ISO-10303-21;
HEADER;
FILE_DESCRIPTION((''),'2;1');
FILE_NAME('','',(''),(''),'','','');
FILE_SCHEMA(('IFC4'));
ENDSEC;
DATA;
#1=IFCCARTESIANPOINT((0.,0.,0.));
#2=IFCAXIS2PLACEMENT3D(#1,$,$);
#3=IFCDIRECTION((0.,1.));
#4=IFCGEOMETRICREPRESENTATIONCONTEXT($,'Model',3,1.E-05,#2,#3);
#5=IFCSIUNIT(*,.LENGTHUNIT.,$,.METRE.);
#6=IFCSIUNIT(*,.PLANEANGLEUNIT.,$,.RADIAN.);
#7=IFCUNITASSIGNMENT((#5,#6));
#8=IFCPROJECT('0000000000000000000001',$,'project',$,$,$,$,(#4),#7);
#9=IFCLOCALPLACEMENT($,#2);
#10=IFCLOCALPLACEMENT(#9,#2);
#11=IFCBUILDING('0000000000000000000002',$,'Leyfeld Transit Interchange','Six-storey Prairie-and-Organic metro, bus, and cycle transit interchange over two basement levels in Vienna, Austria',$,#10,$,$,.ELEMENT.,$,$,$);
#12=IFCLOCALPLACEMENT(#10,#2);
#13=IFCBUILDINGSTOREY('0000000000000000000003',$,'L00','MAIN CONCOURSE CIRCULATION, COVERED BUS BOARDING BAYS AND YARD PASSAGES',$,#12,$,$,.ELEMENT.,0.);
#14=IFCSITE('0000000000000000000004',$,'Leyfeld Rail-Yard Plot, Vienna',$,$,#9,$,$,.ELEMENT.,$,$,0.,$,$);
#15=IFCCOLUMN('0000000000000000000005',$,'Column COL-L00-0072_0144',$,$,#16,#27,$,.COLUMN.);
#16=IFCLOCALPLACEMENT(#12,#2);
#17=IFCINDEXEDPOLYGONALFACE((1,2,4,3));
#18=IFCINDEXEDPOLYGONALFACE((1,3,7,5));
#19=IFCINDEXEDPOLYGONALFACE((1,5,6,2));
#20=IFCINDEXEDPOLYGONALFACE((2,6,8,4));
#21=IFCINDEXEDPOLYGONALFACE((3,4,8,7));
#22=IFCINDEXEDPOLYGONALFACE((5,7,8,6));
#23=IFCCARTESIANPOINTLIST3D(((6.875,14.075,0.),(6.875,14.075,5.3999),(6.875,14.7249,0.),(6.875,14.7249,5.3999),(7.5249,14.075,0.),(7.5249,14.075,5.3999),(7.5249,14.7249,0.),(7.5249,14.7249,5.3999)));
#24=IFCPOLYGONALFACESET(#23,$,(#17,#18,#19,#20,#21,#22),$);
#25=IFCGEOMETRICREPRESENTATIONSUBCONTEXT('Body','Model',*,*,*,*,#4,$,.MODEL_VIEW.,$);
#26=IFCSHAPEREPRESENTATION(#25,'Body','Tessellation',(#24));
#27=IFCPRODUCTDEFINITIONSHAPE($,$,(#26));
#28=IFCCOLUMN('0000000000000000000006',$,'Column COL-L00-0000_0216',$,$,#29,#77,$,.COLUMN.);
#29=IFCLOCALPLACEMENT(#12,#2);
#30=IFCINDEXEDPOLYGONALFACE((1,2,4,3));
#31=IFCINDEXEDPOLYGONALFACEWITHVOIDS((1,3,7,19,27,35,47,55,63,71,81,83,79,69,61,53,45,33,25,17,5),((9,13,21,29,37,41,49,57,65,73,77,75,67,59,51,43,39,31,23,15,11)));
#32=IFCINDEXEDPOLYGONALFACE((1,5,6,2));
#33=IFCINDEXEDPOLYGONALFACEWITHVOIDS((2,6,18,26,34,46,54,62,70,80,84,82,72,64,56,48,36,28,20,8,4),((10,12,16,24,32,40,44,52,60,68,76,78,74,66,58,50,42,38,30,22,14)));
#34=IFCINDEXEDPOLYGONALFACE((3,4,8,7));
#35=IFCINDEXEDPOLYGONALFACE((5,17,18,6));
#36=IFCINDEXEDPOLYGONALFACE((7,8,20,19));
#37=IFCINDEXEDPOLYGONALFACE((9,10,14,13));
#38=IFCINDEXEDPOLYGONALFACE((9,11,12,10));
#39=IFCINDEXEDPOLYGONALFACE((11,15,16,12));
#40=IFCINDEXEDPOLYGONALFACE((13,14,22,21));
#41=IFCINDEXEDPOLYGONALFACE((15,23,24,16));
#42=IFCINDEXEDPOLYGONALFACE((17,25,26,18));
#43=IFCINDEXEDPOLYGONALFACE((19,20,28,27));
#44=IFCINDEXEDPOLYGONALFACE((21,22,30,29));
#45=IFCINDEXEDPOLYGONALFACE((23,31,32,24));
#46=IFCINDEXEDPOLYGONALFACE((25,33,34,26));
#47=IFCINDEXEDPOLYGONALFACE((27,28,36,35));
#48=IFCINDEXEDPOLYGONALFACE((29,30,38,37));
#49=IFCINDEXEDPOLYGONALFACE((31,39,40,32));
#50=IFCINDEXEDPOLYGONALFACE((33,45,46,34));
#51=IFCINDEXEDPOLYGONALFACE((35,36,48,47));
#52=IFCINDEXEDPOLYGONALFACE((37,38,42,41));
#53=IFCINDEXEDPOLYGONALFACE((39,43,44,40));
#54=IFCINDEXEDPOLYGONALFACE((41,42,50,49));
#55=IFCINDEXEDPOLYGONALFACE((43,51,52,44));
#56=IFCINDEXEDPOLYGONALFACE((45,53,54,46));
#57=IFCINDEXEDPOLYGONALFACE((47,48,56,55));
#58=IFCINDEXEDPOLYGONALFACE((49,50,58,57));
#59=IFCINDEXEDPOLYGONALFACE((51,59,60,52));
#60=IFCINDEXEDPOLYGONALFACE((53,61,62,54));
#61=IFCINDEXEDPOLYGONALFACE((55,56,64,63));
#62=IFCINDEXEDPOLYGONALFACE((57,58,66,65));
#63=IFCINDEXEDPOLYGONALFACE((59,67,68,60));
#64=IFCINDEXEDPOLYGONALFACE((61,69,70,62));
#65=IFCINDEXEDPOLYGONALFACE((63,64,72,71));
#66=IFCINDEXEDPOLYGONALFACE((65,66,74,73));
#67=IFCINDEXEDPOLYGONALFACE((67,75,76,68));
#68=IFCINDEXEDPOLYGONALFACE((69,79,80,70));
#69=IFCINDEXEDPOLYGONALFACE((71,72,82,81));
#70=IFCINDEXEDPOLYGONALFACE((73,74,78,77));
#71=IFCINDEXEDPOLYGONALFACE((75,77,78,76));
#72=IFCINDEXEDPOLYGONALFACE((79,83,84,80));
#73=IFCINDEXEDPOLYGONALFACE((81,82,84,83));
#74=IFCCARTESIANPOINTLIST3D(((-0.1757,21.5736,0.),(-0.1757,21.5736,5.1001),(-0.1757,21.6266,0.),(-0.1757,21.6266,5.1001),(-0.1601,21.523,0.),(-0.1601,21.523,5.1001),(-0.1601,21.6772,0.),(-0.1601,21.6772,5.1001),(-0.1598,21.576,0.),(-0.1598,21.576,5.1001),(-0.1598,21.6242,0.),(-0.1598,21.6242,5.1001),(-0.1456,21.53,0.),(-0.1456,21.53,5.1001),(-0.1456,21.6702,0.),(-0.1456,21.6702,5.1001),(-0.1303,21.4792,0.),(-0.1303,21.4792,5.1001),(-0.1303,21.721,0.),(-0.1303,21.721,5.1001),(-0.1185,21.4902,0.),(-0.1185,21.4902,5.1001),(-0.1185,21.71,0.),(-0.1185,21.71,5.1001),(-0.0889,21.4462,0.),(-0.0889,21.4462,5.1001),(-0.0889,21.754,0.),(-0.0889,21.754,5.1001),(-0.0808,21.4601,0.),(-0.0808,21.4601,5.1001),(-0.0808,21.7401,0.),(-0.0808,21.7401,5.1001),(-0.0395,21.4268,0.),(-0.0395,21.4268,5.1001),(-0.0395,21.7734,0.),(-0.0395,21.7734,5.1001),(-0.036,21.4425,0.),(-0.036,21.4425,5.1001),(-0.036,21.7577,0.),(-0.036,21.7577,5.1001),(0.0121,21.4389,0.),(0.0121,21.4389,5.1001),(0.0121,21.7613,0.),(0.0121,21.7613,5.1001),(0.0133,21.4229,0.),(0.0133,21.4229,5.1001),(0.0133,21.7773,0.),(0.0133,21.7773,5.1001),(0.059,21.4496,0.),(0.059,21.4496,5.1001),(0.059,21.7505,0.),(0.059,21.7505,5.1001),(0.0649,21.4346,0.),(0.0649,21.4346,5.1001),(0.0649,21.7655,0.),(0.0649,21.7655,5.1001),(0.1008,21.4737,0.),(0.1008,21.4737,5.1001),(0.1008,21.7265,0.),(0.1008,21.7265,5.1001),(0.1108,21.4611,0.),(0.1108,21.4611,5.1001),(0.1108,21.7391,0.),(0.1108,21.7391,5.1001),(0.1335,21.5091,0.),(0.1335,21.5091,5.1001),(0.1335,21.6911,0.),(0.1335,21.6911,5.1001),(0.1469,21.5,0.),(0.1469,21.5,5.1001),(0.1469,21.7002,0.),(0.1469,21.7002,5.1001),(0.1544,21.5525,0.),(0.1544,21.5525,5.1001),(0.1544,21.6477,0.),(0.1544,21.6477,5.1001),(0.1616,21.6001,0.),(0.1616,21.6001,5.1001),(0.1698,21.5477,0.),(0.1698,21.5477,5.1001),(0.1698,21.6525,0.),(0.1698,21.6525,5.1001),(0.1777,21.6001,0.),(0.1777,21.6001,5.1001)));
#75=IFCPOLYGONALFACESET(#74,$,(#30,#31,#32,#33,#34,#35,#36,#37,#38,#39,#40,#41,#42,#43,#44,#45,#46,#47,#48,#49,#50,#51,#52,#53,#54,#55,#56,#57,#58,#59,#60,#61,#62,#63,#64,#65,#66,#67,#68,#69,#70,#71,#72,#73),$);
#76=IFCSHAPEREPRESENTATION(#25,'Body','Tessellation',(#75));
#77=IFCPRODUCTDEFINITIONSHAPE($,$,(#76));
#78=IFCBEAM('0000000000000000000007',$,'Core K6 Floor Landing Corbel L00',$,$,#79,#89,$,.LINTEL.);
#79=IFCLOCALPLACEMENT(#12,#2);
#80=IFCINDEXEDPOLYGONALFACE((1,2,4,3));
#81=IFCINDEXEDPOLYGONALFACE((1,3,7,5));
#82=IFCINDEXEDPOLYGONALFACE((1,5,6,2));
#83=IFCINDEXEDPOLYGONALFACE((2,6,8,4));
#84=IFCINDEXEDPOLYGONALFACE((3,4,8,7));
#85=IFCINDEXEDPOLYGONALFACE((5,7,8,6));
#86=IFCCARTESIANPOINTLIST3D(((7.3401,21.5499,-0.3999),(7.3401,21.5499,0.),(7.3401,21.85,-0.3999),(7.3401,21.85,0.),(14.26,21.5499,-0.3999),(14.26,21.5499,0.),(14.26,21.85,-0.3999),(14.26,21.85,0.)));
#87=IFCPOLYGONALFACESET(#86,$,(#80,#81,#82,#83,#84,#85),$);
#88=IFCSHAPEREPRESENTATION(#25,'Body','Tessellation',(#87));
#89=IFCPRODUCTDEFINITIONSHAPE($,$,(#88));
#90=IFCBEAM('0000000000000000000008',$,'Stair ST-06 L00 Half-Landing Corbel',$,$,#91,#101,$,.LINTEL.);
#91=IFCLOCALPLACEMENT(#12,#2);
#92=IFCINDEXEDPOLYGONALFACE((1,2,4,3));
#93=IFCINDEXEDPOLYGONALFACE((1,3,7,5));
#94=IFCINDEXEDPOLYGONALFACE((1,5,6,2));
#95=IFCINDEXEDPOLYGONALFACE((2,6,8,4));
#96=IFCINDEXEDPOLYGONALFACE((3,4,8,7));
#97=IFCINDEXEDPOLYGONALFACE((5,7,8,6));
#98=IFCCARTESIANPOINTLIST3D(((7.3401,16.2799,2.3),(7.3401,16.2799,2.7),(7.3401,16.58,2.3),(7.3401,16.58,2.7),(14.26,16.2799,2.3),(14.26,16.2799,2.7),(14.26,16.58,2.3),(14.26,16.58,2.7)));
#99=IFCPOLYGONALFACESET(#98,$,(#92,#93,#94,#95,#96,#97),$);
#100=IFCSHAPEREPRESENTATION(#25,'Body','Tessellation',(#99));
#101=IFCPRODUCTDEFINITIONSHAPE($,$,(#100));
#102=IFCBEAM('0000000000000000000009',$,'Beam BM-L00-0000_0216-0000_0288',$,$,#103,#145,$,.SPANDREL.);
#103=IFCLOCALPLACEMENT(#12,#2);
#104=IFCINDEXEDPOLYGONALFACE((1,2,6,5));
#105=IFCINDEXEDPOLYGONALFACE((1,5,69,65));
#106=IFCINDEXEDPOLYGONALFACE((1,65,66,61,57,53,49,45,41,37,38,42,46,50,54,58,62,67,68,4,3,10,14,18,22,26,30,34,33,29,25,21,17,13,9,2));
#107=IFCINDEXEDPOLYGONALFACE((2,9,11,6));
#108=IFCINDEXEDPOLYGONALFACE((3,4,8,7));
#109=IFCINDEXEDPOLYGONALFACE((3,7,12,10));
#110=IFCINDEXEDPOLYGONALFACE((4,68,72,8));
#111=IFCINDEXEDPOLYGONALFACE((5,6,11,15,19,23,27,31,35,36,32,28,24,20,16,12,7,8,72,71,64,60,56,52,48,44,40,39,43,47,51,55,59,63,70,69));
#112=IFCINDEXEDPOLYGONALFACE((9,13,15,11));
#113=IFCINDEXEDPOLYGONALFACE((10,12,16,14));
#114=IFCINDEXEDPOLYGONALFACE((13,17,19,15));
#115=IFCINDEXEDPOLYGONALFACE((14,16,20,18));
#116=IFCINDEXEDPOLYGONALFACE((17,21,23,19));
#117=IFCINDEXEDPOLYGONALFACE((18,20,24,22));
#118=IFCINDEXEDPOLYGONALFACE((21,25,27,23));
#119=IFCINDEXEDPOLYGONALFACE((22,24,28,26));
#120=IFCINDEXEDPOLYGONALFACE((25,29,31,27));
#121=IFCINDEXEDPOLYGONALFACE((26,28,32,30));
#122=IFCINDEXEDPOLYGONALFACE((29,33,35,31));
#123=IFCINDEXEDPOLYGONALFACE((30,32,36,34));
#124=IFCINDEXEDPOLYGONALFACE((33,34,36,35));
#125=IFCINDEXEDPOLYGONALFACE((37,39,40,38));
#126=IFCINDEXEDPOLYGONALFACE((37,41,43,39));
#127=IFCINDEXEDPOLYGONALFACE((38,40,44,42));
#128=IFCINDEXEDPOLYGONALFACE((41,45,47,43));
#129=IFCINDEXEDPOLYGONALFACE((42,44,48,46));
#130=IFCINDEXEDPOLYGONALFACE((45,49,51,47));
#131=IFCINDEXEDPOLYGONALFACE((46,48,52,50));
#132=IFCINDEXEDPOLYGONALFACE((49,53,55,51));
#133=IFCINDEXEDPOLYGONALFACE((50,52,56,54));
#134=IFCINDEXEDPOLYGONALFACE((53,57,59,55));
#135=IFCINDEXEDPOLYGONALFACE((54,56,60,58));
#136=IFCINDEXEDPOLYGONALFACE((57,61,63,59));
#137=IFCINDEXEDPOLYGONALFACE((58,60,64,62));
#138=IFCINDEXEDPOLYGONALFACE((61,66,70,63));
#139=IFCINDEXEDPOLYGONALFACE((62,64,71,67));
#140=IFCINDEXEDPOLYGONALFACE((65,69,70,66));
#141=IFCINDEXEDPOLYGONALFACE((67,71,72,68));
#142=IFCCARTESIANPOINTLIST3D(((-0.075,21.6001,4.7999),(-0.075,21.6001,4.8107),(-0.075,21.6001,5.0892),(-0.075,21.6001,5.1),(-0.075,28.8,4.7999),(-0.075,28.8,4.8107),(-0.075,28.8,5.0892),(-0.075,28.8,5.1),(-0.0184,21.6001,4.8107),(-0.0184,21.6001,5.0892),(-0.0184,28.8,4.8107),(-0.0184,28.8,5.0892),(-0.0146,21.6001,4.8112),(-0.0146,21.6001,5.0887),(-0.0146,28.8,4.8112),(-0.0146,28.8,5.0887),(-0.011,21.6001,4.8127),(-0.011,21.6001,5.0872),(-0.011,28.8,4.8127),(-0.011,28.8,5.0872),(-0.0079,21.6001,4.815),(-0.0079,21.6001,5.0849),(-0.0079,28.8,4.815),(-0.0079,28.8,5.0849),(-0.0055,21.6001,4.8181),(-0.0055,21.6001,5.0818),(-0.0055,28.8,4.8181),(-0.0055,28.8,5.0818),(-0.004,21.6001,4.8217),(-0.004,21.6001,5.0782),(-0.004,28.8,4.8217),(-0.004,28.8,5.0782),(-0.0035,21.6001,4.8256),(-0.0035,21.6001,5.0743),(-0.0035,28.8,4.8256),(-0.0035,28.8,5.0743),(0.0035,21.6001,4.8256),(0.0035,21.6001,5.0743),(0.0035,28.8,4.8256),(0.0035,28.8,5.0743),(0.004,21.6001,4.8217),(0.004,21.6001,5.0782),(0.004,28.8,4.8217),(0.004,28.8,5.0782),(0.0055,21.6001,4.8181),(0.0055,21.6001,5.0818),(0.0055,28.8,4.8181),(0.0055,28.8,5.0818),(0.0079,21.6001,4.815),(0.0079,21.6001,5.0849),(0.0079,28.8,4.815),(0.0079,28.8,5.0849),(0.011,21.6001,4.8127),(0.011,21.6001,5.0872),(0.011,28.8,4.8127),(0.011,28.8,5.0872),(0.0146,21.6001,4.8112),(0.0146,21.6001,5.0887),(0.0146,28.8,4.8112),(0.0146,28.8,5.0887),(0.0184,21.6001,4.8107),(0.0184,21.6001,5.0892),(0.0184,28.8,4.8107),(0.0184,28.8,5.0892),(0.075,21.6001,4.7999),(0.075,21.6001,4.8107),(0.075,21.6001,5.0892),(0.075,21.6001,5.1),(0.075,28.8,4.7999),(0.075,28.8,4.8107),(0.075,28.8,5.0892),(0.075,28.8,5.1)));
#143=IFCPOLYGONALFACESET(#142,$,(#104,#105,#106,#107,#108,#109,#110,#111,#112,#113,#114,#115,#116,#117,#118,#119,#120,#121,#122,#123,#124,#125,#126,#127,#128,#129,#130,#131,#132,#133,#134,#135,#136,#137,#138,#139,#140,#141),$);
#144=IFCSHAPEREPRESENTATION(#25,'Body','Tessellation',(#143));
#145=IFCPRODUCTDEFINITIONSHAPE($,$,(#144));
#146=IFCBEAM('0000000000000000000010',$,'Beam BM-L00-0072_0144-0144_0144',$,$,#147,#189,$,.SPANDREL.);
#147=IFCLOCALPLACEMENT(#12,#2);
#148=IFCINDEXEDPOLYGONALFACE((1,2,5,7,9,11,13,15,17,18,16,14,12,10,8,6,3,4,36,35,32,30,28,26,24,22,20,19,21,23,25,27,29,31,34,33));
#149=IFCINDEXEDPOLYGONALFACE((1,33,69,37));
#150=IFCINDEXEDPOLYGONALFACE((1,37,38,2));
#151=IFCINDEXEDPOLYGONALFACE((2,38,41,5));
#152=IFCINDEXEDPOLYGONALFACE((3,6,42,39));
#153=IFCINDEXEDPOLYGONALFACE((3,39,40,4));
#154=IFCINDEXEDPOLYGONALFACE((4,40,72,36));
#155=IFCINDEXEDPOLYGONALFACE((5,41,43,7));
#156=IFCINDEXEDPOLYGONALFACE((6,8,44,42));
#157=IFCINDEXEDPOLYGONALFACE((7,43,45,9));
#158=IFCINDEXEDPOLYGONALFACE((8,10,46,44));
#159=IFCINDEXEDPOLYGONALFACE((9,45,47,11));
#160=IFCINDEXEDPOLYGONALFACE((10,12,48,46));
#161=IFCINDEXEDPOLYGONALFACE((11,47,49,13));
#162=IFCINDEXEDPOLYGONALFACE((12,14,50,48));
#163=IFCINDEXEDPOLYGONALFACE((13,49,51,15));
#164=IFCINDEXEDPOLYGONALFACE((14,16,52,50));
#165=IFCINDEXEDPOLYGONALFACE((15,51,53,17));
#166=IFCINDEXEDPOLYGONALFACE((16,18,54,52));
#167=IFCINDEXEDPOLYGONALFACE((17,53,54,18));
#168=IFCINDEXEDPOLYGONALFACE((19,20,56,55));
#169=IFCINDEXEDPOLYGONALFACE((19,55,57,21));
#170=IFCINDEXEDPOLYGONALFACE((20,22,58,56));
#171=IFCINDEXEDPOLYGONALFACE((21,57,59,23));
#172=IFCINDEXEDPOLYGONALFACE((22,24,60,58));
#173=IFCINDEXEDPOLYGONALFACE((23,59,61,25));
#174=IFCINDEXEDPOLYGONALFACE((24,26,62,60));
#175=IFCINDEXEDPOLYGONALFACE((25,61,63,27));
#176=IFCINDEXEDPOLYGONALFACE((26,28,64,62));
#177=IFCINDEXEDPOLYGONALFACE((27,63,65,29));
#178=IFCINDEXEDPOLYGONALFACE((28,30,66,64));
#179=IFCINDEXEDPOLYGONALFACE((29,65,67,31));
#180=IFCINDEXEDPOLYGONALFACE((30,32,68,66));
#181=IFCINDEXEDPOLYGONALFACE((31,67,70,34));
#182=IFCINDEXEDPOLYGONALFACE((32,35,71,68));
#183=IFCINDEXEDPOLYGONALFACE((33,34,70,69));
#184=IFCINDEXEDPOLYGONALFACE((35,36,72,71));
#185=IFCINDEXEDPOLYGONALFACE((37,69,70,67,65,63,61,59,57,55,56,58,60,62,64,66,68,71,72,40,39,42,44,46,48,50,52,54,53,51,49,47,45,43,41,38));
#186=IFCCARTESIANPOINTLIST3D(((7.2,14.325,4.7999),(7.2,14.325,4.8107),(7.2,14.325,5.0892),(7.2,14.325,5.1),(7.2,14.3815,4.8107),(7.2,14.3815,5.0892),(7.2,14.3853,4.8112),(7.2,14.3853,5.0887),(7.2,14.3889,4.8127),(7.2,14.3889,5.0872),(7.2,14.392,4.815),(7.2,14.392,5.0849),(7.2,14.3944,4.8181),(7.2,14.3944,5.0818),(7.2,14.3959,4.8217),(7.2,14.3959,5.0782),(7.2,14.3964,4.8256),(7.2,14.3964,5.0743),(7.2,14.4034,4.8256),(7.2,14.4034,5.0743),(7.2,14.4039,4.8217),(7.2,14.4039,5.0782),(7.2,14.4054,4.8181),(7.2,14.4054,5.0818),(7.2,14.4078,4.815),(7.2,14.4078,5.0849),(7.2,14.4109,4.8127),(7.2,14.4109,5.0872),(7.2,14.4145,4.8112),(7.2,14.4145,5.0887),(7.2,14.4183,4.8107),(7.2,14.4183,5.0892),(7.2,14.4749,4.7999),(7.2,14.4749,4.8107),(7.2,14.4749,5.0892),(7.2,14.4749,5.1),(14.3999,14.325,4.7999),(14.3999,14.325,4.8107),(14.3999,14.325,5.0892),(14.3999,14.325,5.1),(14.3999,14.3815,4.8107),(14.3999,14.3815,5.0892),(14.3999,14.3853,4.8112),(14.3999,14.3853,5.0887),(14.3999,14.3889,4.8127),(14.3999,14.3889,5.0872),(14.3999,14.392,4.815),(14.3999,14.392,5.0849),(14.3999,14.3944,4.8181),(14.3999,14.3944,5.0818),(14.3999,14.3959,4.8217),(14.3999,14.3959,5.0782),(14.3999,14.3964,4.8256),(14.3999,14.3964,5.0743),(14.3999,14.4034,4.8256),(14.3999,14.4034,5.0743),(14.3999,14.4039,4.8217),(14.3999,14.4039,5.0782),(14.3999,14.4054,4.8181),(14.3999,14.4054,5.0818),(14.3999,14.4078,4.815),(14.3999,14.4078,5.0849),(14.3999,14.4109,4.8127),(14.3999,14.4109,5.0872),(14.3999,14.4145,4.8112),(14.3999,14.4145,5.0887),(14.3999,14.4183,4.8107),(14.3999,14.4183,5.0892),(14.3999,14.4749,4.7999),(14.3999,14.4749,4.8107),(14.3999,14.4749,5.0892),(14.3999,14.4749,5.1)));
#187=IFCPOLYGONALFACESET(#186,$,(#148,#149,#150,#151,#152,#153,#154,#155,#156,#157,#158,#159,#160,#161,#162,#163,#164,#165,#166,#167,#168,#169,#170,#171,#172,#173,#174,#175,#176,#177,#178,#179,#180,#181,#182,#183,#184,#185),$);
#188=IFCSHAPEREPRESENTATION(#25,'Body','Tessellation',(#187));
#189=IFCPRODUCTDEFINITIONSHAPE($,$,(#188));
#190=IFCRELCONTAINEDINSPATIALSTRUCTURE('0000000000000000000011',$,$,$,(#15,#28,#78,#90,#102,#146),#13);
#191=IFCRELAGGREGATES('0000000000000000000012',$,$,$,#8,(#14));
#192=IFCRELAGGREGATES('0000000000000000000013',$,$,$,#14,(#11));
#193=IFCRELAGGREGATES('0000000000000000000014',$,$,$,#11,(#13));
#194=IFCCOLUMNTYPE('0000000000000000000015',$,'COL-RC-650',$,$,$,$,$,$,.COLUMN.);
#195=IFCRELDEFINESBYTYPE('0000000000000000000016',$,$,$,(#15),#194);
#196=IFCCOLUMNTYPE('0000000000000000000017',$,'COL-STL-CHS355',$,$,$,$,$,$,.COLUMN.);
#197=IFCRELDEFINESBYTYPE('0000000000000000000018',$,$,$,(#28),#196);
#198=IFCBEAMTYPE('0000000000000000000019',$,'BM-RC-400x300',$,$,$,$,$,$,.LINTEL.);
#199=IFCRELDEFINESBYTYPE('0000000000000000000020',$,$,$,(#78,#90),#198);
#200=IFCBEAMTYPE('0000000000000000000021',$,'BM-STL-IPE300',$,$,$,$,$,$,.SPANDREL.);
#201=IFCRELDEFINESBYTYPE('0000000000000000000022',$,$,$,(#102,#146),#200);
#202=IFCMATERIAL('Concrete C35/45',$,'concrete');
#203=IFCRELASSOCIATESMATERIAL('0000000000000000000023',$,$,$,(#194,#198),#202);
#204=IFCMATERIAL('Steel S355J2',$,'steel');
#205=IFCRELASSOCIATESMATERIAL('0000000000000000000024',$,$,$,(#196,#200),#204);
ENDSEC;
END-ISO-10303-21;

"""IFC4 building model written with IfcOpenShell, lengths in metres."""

from ifc_helpers import new_model, si_unit, direction, frame, origin, origin_2d, place, context, subcontext, project, spatial, rectangle, hollow_circle, i_section, extrude, material, material_profile, profile_set, type_object, element, save


model = new_model("IFC4")

# Units and contexts
model_context = context("Model", 3, precision=1e-05, world=origin(), true_north=direction((0.0, 1.0)))
body_context = subcontext(model_context, "Body", "Model", "MODEL_VIEW")
ifc_project = project(units=[si_unit("LENGTHUNIT", "METRE"), si_unit("PLANEANGLEUNIT", "RADIAN")], contexts=[model_context])

# Site, building, storey
site_placement = place(None, origin())
site = spatial("IfcSite", under=ifc_project, at=site_placement, Name="Leyfeld Rail-Yard Plot, Vienna", CompositionType="ELEMENT", RefElevation=0.0)
building_placement = place(site_placement, origin())
building = spatial("IfcBuilding", under=site, at=building_placement, Name="Leyfeld Transit Interchange", Description="Six-storey Prairie-and-Organic metro, bus, and cycle transit interchange over two basement levels in Vienna, Austria", CompositionType="ELEMENT")
storey_placement = place(building_placement, origin())
storey = spatial("IfcBuildingStorey", under=building, at=storey_placement, Name="L00", Description="MAIN CONCOURSE CIRCULATION, COVERED BUS BOARDING BAYS AND YARD PASSAGES", CompositionType="ELEMENT", Elevation=0.0)

# Columns
ifc_material_1 = material(Name="Concrete C35/45", Category="concrete")
ifc_material_profile_1 = material_profile(ifc_material_1, rectangle(XDim=0.6499, YDim=0.6499, at=origin_2d()), Name="RC 650x650")
ifc_profile_set_1 = profile_set([ifc_material_profile_1], Name="Concrete C35/45")
column_type_1 = type_object("IfcColumnType", Name="COL-RC-650", PredefinedType="COLUMN", material=ifc_profile_set_1)
column_1_placement = place(storey_placement, frame((7.2, 14.3999, 0.0), z_axis=(0.0, 0.0, 1.0), x_axis=(1.0, 0.0, 0.0)))
element("IfcColumn", 1, at=column_1_placement, inside=storey, type_object=column_type_1, Name="Column COL-L00-0072_0144", PredefinedType="COLUMN", context=body_context, shape_type="SweptSolid", body=[
    extrude(rectangle(XDim=0.6499, YDim=0.6499, at=origin_2d()), origin(), (0.0, 0.0, 1.0), 5.3999),
])
ifc_material_2 = material(Name="Steel S355J2", Category="steel")
ifc_material_profile_2 = material_profile(ifc_material_2, hollow_circle(Radius=0.1777, WallThickness=0.0161, at=origin_2d()), Name="CHS 355.6x16")
ifc_profile_set_2 = profile_set([ifc_material_profile_2], Name="Steel S355J2")
column_type_2 = type_object("IfcColumnType", Name="COL-STL-CHS355", PredefinedType="COLUMN", material=ifc_profile_set_2)
column_2_placement = place(storey_placement, frame((0.0, 21.6001, 0.0), z_axis=(0.0, 0.0, 1.0), x_axis=(1.0, 0.0, 0.0)))
element("IfcColumn", 2, at=column_2_placement, inside=storey, type_object=column_type_2, Name="Column COL-L00-0000_0216", PredefinedType="COLUMN", context=body_context, shape_type="SweptSolid", body=[
    extrude(hollow_circle(Radius=0.1777, WallThickness=0.0161, at=origin_2d()), origin(), (0.0, 0.0, 1.0), 5.1001),
])

# Beams
ifc_material_profile_3 = material_profile(ifc_material_1, rectangle(XDim=0.3, YDim=0.3999, at=origin_2d()), Name="RC 400x300")
ifc_profile_set_3 = profile_set([ifc_material_profile_3], Name="Concrete C35/45")
beam_type_1 = type_object("IfcBeamType", Name="BM-RC-400x300", PredefinedType="LINTEL", material=ifc_profile_set_3)
for number, where, z_axis, x_axis, name in (
    (3, (7.3401, 21.7, -0.2), (1.0, 0.0, 0.0), (0.0, 1.0, 0.0), "Core K6 Floor Landing Corbel L00"),
    (4, (7.3401, 16.4299, 2.5), (1.0, 0.0, 0.0), (0.0, 1.0, 0.0), "Stair ST-06 L00 Half-Landing Corbel"),
):
    element("IfcBeam", number, at=place(storey_placement, frame(where, z_axis=z_axis, x_axis=x_axis)), inside=storey, type_object=beam_type_1, Name=name, PredefinedType="LINTEL", context=body_context, shape_type="SweptSolid", body=[
        extrude(rectangle(XDim=0.3, YDim=0.3999, at=origin_2d()), origin(), (0.0, 0.0, 1.0), 6.9199),
    ])
ifc_material_profile_4 = material_profile(ifc_material_2, i_section(OverallWidth=0.1499, OverallDepth=0.3, WebThickness=0.0071, FlangeThickness=0.0107, FilletRadius=0.0149, at=origin_2d()), Name="IPE 300")
ifc_profile_set_4 = profile_set([ifc_material_profile_4], Name="Steel S355J2")
beam_type_2 = type_object("IfcBeamType", Name="BM-STL-IPE300", PredefinedType="SPANDREL", material=ifc_profile_set_4)
for number, where, z_axis, x_axis, name in (
    (5, (0.0, 21.6001, 4.95), (0.0, 1.0, 0.0), (-1.0, 0.0, 0.0), "Beam BM-L00-0000_0216-0000_0288"),
    (6, (7.2, 14.3999, 4.95), (1.0, 0.0, 0.0), (0.0, 1.0, 0.0), "Beam BM-L00-0072_0144-0144_0144"),
):
    element("IfcBeam", number, at=place(storey_placement, frame(where, z_axis=z_axis, x_axis=x_axis)), inside=storey, type_object=beam_type_2, Name=name, PredefinedType="SPANDREL", context=body_context, shape_type="SweptSolid", body=[
        extrude(i_section(OverallWidth=0.1499, OverallDepth=0.3, WebThickness=0.0071, FlangeThickness=0.0107, FilletRadius=0.0149, at=origin_2d()), origin(), (0.0, 0.0, 1.0), 7.2),
    ])

save(model, "model.ifc")
